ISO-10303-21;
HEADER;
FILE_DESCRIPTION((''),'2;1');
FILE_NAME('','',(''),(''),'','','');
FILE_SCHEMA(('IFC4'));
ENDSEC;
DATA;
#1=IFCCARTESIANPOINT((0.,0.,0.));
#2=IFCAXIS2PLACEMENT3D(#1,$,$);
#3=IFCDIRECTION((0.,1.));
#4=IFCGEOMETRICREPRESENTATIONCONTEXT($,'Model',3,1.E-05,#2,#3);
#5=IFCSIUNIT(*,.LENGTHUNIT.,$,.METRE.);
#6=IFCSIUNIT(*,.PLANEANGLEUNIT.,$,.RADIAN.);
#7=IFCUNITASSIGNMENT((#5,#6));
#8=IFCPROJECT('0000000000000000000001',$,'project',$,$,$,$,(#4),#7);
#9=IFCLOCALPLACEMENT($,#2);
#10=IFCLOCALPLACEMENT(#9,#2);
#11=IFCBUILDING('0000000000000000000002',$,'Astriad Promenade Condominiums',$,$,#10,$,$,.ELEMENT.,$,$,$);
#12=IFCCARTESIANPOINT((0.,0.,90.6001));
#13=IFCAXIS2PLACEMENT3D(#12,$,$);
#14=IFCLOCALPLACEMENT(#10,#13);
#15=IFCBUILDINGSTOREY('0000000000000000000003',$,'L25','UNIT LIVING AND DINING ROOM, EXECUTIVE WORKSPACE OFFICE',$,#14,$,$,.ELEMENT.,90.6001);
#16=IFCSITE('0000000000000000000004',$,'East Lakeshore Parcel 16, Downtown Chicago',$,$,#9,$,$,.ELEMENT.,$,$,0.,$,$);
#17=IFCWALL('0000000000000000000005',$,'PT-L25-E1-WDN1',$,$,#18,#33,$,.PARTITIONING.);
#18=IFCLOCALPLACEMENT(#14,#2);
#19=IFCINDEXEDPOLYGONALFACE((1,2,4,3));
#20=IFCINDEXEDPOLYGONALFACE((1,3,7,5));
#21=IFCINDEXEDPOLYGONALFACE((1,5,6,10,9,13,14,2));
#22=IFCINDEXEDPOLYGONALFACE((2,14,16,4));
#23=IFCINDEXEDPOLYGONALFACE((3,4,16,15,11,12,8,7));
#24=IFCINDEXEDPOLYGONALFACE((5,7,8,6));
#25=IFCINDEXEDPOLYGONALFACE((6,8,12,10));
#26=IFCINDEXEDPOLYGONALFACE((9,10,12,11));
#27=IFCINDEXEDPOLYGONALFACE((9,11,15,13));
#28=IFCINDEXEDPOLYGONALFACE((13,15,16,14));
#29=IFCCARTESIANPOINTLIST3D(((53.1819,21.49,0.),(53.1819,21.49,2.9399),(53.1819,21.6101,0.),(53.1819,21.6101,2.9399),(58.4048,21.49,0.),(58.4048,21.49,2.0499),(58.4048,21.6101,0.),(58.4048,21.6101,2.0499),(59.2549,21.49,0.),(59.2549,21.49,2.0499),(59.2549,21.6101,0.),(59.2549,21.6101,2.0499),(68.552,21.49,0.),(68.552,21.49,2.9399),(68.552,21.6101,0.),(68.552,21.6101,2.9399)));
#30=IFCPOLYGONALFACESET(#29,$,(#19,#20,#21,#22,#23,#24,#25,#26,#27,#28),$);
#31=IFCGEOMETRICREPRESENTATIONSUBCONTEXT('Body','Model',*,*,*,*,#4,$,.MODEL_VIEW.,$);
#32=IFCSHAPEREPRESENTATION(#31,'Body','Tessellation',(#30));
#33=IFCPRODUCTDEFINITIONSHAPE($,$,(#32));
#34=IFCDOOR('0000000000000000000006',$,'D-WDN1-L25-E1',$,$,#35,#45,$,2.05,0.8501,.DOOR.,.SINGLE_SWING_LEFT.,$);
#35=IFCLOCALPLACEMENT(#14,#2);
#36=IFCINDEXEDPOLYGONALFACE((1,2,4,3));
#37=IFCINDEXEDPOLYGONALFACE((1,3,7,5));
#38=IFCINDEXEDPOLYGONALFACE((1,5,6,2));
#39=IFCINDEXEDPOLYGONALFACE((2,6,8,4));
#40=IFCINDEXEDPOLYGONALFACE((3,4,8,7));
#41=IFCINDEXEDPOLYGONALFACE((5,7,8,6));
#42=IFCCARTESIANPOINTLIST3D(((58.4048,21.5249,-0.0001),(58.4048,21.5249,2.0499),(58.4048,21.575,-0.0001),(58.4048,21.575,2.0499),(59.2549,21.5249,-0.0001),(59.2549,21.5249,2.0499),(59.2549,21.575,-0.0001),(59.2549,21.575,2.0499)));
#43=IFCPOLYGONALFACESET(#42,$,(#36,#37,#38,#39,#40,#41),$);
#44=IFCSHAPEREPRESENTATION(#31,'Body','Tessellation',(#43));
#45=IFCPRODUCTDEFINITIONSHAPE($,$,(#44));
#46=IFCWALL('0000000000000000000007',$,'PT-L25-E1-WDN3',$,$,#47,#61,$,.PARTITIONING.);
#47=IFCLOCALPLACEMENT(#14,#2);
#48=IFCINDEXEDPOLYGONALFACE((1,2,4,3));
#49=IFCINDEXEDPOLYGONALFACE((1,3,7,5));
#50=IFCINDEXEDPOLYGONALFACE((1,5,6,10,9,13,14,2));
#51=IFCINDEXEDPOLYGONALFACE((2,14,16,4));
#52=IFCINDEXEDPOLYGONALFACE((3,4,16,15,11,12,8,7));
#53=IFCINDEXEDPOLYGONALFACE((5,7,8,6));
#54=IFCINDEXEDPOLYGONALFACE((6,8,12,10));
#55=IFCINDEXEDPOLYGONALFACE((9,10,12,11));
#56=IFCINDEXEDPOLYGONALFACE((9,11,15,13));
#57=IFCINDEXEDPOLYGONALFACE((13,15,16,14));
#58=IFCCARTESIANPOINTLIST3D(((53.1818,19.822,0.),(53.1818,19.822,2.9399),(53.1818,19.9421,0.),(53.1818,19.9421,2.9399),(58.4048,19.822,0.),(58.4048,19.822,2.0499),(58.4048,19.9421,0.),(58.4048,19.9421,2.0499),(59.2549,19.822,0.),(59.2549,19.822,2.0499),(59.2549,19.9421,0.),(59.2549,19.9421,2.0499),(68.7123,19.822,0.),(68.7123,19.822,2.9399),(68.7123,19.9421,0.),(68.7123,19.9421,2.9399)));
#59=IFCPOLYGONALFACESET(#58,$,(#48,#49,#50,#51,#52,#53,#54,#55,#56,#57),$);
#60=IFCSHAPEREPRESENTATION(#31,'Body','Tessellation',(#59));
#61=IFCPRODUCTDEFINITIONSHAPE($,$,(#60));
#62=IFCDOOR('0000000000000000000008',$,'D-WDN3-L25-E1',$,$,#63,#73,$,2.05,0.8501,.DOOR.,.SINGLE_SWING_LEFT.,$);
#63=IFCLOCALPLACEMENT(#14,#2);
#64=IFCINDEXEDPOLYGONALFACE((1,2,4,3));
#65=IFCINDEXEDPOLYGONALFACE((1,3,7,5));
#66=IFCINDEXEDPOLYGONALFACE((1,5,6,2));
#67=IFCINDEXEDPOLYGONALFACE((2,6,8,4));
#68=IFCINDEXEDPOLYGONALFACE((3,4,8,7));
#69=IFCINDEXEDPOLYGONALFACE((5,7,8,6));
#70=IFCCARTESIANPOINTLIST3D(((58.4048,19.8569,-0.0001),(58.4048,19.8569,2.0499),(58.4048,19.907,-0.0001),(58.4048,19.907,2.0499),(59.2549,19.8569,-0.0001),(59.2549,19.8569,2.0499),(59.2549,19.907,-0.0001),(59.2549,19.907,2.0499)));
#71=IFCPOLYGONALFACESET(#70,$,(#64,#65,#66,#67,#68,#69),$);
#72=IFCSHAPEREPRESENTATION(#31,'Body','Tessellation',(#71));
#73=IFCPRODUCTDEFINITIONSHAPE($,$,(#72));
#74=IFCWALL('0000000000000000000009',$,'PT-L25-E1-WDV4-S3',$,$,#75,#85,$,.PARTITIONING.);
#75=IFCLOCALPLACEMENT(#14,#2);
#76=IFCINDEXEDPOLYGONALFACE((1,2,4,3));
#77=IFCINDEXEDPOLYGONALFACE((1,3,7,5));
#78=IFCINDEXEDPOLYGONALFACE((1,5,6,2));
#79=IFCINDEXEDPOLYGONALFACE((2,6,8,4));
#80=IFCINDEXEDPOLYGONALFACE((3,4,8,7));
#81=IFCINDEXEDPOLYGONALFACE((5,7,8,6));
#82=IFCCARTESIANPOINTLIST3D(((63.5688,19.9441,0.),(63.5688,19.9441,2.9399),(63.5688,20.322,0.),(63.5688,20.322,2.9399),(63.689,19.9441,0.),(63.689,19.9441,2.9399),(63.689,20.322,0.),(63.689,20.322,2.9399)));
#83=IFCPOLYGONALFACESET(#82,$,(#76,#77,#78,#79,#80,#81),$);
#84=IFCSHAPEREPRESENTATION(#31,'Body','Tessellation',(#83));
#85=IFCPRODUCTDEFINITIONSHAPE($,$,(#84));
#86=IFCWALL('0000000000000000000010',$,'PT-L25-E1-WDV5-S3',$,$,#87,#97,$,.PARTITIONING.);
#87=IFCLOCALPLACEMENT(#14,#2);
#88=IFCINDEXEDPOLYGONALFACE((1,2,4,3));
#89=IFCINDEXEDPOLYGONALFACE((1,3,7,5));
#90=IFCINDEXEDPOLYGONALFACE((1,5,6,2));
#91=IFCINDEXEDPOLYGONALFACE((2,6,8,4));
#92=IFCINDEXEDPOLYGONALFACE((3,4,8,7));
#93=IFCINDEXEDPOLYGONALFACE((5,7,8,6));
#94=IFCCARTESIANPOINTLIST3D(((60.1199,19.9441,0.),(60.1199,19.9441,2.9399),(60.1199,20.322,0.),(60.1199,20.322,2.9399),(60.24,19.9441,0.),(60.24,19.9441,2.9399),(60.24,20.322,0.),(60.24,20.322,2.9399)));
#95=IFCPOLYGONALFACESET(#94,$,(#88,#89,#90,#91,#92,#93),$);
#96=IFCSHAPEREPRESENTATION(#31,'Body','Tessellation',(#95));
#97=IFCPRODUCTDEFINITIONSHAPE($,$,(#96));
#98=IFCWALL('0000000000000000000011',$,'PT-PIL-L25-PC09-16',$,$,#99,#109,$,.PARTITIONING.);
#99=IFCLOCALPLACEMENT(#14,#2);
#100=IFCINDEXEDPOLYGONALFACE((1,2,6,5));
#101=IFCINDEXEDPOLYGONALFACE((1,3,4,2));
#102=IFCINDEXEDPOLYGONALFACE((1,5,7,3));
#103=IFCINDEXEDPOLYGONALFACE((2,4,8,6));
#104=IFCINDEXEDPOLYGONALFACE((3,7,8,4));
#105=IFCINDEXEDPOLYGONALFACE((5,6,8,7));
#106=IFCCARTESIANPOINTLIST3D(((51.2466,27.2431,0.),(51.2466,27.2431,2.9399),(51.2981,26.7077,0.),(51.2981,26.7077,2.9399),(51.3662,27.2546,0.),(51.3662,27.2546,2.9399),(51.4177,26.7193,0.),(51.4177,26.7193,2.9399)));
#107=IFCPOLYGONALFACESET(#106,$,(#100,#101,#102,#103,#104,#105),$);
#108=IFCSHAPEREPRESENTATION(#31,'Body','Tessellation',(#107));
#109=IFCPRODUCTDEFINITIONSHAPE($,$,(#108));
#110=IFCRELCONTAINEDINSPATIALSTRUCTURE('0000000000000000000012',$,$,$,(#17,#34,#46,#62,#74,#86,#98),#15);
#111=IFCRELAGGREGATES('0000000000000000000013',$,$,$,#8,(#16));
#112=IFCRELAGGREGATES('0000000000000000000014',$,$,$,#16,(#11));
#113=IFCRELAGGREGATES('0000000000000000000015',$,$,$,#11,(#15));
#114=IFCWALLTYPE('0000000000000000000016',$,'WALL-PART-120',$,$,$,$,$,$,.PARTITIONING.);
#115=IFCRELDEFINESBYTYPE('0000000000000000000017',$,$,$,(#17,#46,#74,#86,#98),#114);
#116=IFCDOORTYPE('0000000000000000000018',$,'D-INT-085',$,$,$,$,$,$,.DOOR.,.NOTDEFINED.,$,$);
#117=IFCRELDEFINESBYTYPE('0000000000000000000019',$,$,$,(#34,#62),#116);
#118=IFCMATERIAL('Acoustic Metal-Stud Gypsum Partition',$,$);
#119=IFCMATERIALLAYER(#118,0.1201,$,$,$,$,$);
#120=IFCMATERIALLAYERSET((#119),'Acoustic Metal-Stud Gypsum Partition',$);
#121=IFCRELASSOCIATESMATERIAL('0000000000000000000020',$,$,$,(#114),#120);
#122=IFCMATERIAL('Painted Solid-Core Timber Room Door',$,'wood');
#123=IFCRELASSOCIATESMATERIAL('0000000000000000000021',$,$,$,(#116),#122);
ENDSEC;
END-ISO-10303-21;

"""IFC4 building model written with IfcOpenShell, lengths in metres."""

from ifc_helpers import new_model, si_unit, direction, frame, frame_2d, origin, place, context, subcontext, project, spatial, rectangle, extrude, source, transform, mapped, material, layer, layer_set, type_object, type_shapes, element, fill, save


model = new_model("IFC4")

# Units and contexts
model_context = context("Model", 3, precision=1e-05, world=origin(), true_north=direction((0.0, 1.0)))
body_context = subcontext(model_context, "Body", "Model", "MODEL_VIEW")
ifc_project = project(units=[si_unit("LENGTHUNIT", "METRE"), si_unit("PLANEANGLEUNIT", "RADIAN")], contexts=[model_context])

# Site, building, storey
site_placement = place(None, origin())
site = spatial("IfcSite", under=ifc_project, at=site_placement, Name="East Lakeshore Parcel 16, Downtown Chicago", CompositionType="ELEMENT", RefElevation=0.0)
building_placement = place(site_placement, origin())
building = spatial("IfcBuilding", under=site, at=building_placement, Name="Astriad Promenade Condominiums", CompositionType="ELEMENT")
storey_placement = place(building_placement, frame((0.0, 0.0, 90.6001)))
storey = spatial("IfcBuildingStorey", under=building, at=storey_placement, Name="L25", Description="UNIT LIVING AND DINING ROOM, EXECUTIVE WORKSPACE OFFICE", CompositionType="ELEMENT", Elevation=90.6001)

# Shared definitions
ifc_material_1 = material(Name="Acoustic Metal-Stud Gypsum Partition")
ifc_layer = layer(ifc_material_1, 0.1201)
ifc_layer_set = layer_set([ifc_layer], Name="Acoustic Metal-Stud Gypsum Partition")
wall_type = type_object("IfcWallType", Name="WALL-PART-120", PredefinedType="PARTITIONING", material=ifc_layer_set)
ifc_material_2 = material(Name="Painted Solid-Core Timber Room Door", Category="wood")
door_type_1 = type_object("IfcDoorType", Name="D-INT-085", OperationType="NOTDEFINED", PredefinedType="DOOR", material=ifc_material_2)
shared_shape_1 = source(origin(), body_context, "Body", "SweptSolid", [
    extrude(rectangle(XDim=0.8501, YDim=2.05, at=frame_2d((0.425, 1.0249))), frame((0.0, 0.0249, 0.0), z_axis=(0.0, -1.0, 0.0), x_axis=(1.0, 0.0, 0.0)), (0.0, 0.0, 1.0), 0.05),
])
type_shapes(door_type_1, [shared_shape_1])

# Walls, openings, doors
wall_1_placement = place(storey_placement, frame((53.1819, 21.55, 0.0), z_axis=(0.0, 0.0, 1.0), x_axis=(1.0, 0.0, 0.0)))
wall_1 = element("IfcWall", 1, at=wall_1_placement, inside=storey, type_object=wall_type, Name="PT-L25-E1-WDN1", PredefinedType="PARTITIONING", context=body_context, shape_type="SweptSolid", body=[
    extrude(rectangle(XDim=15.3701, YDim=0.1201, at=frame_2d((7.6851, 0.0))), origin(), (0.0, 0.0, 1.0), 2.9399),
])
opening_1_placement = place(wall_1_placement, frame((5.2229, 0.0, 0.0)))
opening_1 = element("IfcOpeningElement", 2, at=opening_1_placement, cuts=wall_1, PredefinedType="OPENING", context=body_context, shape_type="SweptSolid", body=[
    extrude(rectangle(XDim=0.8501, YDim=2.05, at=frame_2d((0.425, 1.0249))), frame((0.0, 0.0701, 0.0), z_axis=(0.0, -1.0, 0.0), x_axis=(1.0, 0.0, 0.0)), (0.0, 0.0, 1.0), 0.1401),
])
door_1_placement = place(opening_1_placement, origin())
door_1 = element("IfcDoor", 3, at=door_1_placement, inside=storey, type_object=door_type_1, Name="D-WDN1-L25-E1", OperationType="SINGLE_SWING_LEFT", OverallHeight=2.05, OverallWidth=0.8501, PredefinedType="DOOR", context=body_context, shape_type="MappedRepresentation", body=[
    mapped(shared_shape_1, transform((0.0, 0.0, 0.0), scale=1.0)),
])
fill(opening_1, door_1)
wall_2_placement = place(storey_placement, frame((53.1819, 19.8821, 0.0), z_axis=(0.0, 0.0, 1.0), x_axis=(1.0, 0.0, 0.0)))
wall_2 = element("IfcWall", 4, at=wall_2_placement, inside=storey, type_object=wall_type, Name="PT-L25-E1-WDN3", PredefinedType="PARTITIONING", context=body_context, shape_type="SweptSolid", body=[
    extrude(rectangle(XDim=15.5305, YDim=0.1201, at=frame_2d((7.7651, 0.0))), origin(), (0.0, 0.0, 1.0), 2.9399),
])
opening_2_placement = place(wall_2_placement, frame((5.2229, 0.0, 0.0)))
opening_2 = element("IfcOpeningElement", 5, at=opening_2_placement, cuts=wall_2, PredefinedType="OPENING", context=body_context, shape_type="SweptSolid", body=[
    extrude(rectangle(XDim=0.8501, YDim=2.05, at=frame_2d((0.425, 1.0249))), frame((0.0, 0.0701, 0.0), z_axis=(0.0, -1.0, 0.0), x_axis=(1.0, 0.0, 0.0)), (0.0, 0.0, 1.0), 0.1401),
])
door_2_placement = place(opening_2_placement, origin())
door_2 = element("IfcDoor", 6, at=door_2_placement, inside=storey, type_object=door_type_1, Name="D-WDN3-L25-E1", OperationType="SINGLE_SWING_LEFT", OverallHeight=2.05, OverallWidth=0.8501, PredefinedType="DOOR", context=body_context, shape_type="MappedRepresentation", body=[
    mapped(shared_shape_1, transform((0.0, 0.0, 0.0), scale=1.0)),
])
fill(opening_2, door_2)

# Walls
for number, where, z_axis, x_axis, name in (
    (7, (63.6289, 19.9441, 0.0), (0.0, 0.0, 1.0), (0.0, 1.0, 0.0), "PT-L25-E1-WDV4-S3"),
    (8, (60.1799, 19.9441, 0.0), (0.0, 0.0, 1.0), (0.0, 1.0, 0.0), "PT-L25-E1-WDV5-S3"),
):
    element("IfcWall", number, at=place(storey_placement, frame(where, z_axis=z_axis, x_axis=x_axis)), inside=storey, type_object=wall_type, Name=name, PredefinedType="PARTITIONING", context=body_context, shape_type="SweptSolid", body=[
        extrude(rectangle(XDim=0.3779, YDim=0.1201, at=frame_2d((0.189, 0.0))), origin(), (0.0, 0.0, 1.0), 2.9399),
    ])
wall_3_placement = place(storey_placement, frame((51.3579, 26.7134, 0.0), z_axis=(0.0, 0.0, 1.0), x_axis=(-0.095773, 0.995403, 0.0)))
element("IfcWall", 9, at=wall_3_placement, inside=storey, type_object=wall_type, Name="PT-PIL-L25-PC09-16", PredefinedType="PARTITIONING", context=body_context, shape_type="SweptSolid", body=[
    extrude(rectangle(XDim=0.5378, YDim=0.1201, at=frame_2d((0.269, 0.0))), origin(), (0.0, 0.0, 1.0), 2.9399),
])

save(model, "model.ifc")
